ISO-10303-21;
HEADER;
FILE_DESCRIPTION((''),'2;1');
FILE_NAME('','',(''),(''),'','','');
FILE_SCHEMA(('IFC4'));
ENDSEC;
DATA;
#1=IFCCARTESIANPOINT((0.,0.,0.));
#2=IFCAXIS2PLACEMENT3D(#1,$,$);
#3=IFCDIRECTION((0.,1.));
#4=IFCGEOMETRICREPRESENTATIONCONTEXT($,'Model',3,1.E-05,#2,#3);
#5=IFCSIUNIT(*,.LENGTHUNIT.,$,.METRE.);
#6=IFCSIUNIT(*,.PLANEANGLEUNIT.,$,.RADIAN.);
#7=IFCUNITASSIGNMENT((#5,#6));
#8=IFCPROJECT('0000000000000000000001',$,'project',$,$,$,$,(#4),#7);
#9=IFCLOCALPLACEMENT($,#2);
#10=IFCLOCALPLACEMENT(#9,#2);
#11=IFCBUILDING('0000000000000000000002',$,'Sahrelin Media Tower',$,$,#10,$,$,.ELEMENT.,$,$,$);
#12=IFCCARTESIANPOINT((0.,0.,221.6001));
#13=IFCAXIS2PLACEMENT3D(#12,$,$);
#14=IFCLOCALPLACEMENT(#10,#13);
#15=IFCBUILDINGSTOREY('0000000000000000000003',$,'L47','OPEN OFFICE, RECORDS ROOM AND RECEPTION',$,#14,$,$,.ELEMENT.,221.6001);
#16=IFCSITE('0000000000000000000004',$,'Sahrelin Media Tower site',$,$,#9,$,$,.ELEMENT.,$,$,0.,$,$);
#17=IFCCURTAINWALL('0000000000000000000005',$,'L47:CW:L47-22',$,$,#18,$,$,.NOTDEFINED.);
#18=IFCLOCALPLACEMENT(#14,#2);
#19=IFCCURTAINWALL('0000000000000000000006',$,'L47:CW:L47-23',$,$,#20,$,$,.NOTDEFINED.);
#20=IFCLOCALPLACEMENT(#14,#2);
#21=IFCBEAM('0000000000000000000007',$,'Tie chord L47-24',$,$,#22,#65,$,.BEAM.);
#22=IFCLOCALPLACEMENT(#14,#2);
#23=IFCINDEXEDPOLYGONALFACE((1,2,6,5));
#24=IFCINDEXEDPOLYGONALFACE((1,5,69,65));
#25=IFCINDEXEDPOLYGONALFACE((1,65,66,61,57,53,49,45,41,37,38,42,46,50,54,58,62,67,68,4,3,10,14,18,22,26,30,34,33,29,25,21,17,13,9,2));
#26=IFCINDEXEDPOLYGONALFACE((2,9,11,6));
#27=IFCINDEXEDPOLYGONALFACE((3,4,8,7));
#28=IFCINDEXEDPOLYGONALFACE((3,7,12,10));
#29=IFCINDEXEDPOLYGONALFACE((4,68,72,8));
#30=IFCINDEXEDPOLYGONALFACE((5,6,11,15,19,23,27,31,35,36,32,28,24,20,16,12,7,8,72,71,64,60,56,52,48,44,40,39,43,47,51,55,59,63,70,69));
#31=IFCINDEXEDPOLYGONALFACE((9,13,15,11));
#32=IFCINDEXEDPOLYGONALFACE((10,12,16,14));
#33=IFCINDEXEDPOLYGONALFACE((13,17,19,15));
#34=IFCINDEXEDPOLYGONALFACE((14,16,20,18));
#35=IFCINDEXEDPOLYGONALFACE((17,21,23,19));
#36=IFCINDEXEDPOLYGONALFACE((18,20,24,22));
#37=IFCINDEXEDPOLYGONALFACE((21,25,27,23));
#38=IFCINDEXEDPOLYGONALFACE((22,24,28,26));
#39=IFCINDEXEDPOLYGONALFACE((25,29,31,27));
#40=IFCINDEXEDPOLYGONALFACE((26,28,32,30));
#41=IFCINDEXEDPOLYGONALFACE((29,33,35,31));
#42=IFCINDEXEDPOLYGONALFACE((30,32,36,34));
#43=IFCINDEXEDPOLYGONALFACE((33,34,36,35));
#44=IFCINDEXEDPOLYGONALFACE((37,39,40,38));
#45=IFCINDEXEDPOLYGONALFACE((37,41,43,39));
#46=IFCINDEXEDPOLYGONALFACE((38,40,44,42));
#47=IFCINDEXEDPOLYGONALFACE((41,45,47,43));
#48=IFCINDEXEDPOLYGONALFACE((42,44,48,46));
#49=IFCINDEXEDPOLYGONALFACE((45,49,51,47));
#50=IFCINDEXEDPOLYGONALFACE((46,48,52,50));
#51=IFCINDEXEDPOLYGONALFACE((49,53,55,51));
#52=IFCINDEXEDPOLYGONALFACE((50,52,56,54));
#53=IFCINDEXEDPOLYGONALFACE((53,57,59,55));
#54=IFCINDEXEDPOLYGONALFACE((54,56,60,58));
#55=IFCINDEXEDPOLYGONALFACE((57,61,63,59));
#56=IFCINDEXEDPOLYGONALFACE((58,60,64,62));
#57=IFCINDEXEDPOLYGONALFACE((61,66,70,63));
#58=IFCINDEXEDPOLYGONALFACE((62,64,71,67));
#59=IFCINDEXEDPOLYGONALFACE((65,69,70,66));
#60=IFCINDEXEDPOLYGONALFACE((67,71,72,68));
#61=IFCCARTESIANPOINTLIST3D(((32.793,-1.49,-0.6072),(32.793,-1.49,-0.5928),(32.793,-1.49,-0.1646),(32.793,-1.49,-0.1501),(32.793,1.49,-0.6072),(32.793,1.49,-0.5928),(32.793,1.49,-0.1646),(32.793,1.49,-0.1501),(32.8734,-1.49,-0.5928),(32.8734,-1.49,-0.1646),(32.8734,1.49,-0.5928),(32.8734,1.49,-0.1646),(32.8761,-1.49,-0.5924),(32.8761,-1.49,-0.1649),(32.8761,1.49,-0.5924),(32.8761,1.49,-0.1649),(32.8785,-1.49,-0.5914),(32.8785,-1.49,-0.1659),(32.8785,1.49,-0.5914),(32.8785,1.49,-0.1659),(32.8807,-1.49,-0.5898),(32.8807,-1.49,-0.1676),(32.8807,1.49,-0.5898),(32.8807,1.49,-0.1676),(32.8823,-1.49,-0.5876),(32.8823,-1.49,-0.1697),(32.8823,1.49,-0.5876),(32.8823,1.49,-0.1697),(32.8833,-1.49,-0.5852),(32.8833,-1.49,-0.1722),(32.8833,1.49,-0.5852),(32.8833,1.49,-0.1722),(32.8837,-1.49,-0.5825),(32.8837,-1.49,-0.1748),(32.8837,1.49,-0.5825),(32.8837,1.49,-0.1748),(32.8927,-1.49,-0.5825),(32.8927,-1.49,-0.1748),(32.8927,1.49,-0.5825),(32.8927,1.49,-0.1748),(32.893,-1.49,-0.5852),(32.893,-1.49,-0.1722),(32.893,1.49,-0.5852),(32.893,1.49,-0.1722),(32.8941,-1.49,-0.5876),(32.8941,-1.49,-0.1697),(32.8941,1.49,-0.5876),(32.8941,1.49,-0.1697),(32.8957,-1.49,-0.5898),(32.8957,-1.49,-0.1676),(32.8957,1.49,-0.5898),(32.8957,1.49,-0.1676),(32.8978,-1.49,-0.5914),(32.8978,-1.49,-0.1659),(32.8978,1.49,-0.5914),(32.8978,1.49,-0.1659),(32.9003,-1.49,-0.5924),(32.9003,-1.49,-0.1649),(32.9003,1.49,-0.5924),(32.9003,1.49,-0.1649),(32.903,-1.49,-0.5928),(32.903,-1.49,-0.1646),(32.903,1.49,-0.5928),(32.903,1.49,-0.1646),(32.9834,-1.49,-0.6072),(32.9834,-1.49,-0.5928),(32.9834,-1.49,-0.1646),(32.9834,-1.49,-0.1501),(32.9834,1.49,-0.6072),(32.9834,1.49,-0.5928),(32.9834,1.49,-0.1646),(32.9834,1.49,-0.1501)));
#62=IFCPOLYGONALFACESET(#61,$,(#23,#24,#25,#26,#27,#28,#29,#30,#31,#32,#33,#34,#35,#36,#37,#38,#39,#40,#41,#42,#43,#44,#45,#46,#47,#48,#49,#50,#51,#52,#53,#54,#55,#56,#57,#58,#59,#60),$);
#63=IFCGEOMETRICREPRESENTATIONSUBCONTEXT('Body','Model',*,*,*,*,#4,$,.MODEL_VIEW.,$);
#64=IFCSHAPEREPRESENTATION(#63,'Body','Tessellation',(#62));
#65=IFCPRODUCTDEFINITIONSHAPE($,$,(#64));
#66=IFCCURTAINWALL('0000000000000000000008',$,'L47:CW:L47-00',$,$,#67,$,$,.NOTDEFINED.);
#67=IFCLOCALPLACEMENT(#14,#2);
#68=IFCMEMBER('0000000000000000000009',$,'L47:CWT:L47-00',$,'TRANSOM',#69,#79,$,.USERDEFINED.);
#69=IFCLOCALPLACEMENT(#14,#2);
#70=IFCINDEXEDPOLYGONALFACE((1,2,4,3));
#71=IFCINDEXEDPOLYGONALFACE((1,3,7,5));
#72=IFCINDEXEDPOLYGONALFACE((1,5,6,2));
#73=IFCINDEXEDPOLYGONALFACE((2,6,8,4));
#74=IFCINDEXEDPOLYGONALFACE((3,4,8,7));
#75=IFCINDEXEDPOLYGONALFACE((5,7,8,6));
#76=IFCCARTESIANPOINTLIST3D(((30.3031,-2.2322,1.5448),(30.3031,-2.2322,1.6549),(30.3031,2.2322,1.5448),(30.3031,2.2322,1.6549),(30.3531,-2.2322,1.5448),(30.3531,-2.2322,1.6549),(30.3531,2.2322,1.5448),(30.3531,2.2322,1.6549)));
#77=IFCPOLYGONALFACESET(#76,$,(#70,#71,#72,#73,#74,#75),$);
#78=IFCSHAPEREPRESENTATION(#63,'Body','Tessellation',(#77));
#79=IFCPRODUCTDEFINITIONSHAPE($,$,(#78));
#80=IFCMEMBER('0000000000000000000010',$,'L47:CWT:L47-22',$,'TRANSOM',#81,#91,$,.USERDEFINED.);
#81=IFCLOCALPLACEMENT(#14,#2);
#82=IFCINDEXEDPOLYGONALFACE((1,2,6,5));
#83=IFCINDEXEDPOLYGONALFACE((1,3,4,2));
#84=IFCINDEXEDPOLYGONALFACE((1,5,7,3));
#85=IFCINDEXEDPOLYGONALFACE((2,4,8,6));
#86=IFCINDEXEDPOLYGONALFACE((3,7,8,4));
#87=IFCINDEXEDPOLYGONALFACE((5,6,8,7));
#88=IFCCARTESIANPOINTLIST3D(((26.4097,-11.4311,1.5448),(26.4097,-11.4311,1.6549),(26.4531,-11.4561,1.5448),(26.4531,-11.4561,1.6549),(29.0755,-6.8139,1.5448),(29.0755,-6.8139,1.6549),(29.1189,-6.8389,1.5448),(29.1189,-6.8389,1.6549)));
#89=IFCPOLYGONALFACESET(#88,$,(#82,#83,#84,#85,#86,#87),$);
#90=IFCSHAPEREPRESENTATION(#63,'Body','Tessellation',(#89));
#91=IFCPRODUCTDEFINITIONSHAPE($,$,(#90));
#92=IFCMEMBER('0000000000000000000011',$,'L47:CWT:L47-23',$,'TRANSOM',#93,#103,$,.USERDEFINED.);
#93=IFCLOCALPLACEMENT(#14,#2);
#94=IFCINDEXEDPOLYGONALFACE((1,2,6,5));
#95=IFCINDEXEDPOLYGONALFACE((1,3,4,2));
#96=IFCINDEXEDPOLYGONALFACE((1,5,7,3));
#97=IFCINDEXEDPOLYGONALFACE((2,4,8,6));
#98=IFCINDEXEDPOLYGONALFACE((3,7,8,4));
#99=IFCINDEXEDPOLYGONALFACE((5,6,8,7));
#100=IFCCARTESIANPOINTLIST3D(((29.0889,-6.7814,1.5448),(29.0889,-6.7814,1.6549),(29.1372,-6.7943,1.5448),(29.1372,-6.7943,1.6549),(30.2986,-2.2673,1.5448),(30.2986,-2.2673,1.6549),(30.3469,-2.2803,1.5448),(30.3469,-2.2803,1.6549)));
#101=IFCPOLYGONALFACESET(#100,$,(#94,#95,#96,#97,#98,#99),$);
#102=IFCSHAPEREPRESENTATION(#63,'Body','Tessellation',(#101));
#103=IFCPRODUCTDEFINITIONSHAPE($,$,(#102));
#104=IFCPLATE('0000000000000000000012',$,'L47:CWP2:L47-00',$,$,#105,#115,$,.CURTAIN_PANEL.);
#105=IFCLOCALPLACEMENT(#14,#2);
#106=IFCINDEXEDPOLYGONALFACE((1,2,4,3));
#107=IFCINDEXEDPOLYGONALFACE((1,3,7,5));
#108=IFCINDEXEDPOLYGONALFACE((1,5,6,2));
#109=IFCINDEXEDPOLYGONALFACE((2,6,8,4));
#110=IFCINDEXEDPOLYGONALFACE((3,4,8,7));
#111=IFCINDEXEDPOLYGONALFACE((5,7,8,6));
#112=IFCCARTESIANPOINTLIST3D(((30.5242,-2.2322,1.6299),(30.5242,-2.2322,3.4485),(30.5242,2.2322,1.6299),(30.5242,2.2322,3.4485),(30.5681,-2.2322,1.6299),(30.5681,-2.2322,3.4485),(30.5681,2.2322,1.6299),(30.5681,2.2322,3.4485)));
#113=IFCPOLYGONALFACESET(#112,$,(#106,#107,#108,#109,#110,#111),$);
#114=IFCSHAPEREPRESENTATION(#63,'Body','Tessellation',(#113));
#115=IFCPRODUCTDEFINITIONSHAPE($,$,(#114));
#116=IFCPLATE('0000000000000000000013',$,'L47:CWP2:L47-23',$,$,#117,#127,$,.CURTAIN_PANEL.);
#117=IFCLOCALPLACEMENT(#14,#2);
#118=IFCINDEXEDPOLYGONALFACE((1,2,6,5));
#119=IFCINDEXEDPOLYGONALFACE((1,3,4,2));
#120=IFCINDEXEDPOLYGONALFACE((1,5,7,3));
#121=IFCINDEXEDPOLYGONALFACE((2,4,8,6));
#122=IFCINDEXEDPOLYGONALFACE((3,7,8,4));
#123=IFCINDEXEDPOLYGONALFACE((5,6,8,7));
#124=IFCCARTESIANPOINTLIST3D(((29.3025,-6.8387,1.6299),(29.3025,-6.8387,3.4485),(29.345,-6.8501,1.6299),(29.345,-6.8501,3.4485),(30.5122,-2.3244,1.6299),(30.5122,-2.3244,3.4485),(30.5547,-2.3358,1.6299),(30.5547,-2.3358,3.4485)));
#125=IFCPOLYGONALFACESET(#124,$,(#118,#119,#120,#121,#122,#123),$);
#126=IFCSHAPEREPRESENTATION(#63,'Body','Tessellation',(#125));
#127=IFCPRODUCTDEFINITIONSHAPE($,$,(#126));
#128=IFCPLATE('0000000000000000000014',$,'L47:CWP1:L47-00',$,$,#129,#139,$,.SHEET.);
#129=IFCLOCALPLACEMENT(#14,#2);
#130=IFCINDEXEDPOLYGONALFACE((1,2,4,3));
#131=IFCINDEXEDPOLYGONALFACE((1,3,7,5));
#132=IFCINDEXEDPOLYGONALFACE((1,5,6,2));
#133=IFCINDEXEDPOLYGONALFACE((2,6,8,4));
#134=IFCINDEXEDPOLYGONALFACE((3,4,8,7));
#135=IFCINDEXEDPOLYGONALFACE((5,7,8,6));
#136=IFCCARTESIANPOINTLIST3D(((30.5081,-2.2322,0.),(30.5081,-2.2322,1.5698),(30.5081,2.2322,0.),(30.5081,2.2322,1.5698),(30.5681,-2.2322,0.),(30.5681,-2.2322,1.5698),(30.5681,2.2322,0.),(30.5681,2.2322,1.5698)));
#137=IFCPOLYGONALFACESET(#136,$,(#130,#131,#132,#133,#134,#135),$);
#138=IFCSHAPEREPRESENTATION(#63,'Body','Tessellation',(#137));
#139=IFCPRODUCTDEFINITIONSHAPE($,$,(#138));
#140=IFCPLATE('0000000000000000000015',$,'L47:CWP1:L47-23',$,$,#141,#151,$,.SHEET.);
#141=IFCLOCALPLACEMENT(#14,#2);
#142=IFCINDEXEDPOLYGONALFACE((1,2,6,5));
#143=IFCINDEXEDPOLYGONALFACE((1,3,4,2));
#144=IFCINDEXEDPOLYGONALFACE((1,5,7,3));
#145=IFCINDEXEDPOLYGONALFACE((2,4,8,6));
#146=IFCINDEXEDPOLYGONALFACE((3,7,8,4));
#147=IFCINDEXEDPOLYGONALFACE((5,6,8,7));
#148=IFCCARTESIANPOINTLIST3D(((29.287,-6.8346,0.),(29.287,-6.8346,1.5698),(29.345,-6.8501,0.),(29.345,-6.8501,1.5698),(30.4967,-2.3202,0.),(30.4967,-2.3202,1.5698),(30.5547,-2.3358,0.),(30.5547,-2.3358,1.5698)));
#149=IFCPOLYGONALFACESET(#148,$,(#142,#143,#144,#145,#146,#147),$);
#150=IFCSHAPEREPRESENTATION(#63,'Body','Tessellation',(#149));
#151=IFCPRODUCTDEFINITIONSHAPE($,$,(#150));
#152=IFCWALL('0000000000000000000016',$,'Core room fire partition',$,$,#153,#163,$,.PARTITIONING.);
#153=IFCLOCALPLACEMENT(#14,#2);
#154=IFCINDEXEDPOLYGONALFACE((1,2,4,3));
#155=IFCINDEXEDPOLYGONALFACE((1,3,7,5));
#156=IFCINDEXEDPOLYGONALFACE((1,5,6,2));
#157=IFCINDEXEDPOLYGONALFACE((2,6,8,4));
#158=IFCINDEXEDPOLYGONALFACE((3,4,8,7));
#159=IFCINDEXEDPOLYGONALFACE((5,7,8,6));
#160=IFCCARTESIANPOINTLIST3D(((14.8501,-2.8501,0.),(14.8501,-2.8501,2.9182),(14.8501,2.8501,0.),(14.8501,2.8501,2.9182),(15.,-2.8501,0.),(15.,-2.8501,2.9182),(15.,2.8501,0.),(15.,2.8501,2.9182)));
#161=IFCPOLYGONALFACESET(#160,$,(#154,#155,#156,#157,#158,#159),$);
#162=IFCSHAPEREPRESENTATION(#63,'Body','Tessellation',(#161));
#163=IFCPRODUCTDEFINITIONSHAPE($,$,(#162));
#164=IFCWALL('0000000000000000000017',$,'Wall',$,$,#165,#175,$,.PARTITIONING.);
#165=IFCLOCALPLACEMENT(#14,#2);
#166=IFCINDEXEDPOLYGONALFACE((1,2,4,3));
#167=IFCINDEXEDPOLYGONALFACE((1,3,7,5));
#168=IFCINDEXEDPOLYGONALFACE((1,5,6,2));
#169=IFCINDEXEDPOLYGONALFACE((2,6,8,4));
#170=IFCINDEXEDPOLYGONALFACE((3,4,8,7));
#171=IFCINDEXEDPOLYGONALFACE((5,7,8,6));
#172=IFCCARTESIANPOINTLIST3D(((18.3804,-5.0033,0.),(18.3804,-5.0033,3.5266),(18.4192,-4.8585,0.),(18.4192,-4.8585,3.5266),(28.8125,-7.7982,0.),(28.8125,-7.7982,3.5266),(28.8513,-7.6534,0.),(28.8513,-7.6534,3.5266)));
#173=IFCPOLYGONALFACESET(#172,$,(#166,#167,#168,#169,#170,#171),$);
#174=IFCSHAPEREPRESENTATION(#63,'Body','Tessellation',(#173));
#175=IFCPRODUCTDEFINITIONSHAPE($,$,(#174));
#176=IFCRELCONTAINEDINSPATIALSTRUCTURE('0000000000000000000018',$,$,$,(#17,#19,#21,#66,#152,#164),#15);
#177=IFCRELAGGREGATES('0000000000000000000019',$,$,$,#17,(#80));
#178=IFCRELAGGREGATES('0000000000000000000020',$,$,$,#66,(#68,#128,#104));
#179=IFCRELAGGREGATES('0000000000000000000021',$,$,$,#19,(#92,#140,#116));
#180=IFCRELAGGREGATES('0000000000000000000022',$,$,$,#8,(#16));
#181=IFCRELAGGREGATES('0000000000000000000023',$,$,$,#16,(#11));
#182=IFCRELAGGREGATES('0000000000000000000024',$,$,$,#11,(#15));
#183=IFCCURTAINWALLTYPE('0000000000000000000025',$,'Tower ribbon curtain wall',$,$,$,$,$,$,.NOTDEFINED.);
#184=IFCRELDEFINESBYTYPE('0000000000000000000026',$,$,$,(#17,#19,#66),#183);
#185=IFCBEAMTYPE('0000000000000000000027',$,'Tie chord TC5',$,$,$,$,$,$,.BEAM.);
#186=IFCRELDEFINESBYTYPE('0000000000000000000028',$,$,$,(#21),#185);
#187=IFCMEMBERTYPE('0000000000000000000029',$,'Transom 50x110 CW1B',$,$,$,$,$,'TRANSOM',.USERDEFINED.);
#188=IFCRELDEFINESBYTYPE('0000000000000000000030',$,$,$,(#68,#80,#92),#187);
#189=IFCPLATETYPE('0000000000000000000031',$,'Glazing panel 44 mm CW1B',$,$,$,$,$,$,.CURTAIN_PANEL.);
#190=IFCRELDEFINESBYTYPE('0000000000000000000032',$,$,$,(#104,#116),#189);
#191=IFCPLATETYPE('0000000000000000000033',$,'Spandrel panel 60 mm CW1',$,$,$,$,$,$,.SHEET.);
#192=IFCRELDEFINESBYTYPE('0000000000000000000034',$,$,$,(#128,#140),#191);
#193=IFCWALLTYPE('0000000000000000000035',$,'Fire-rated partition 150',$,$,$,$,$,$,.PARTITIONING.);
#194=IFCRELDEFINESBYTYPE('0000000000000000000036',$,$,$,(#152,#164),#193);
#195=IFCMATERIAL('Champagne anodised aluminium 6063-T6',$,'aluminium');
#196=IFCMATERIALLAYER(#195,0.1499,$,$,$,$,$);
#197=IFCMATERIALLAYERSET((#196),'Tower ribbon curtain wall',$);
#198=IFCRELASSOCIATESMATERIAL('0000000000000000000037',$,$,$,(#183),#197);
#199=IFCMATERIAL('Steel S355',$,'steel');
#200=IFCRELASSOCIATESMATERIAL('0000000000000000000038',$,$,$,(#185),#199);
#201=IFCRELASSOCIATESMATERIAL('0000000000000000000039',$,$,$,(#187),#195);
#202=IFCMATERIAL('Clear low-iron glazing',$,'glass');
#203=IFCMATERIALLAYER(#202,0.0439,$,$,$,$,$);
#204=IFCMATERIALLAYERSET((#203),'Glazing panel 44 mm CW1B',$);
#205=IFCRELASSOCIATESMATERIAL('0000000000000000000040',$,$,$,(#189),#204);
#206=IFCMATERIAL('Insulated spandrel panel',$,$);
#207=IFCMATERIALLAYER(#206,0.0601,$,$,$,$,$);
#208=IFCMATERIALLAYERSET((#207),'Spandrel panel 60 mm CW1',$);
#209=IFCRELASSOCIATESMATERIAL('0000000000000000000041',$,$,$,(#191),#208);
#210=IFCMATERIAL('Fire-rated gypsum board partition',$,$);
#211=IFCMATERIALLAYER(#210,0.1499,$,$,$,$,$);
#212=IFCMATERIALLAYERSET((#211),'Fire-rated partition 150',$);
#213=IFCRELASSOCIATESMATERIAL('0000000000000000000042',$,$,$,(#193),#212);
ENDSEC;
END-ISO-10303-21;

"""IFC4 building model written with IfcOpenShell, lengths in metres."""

from ifc_helpers import new_model, si_unit, direction, frame, frame_2d, origin, origin_2d, place, context, subcontext, project, spatial, polyline, rectangle, i_section, outline, extrude, material, layer, layer_set, material_profile, profile_set, type_object, element, aggregate, save


model = new_model("IFC4")

# Units and contexts
model_context = context("Model", 3, precision=1e-05, world=origin(), true_north=direction((0.0, 1.0)))
body_context = subcontext(model_context, "Body", "Model", "MODEL_VIEW")
ifc_project = project(units=[si_unit("LENGTHUNIT", "METRE"), si_unit("PLANEANGLEUNIT", "RADIAN")], contexts=[model_context])

# Site, building, storey
site_placement = place(None, origin())
site = spatial("IfcSite", under=ifc_project, at=site_placement, Name="Sahrelin Media Tower site", CompositionType="ELEMENT", RefElevation=0.0)
building_placement = place(site_placement, origin())
building = spatial("IfcBuilding", under=site, at=building_placement, Name="Sahrelin Media Tower", CompositionType="ELEMENT")
storey_placement = place(building_placement, frame((0.0, 0.0, 221.6001)))
storey = spatial("IfcBuildingStorey", under=building, at=storey_placement, Name="L47", Description="OPEN OFFICE, RECORDS ROOM AND RECEPTION", CompositionType="ELEMENT", Elevation=221.6001)

# Shared definitions
ifc_material_1 = material(Name="Steel S355", Category="steel")

# Curtain walls
ifc_material_2 = material(Name="Champagne anodised aluminium 6063-T6", Category="aluminium")
ifc_layer_1 = layer(ifc_material_2, 0.1499)
ifc_layer_set_1 = layer_set([ifc_layer_1], Name="Tower ribbon curtain wall")
curtain_wall_type = type_object("IfcCurtainWallType", Name="Tower ribbon curtain wall", PredefinedType="NOTDEFINED", material=ifc_layer_set_1)
curtain_wall_1_placement = place(storey_placement, frame((27.9548, -9.2451, 0.0), z_axis=(0.0, 0.0, 1.0), x_axis=(1.0, 0.0, 0.0)))
curtain_wall_1 = element("IfcCurtainWall", 1, at=curtain_wall_1_placement, inside=storey, type_object=curtain_wall_type, Name="L47:CW:L47-22", PredefinedType="NOTDEFINED")
curtain_wall_2_placement = place(storey_placement, frame((29.9304, -4.5876, 0.0), z_axis=(0.0, 0.0, 1.0), x_axis=(1.0, 0.0, 0.0)))
curtain_wall_2 = element("IfcCurtainWall", 2, at=curtain_wall_2_placement, inside=storey, type_object=curtain_wall_type, Name="L47:CW:L47-23", PredefinedType="NOTDEFINED")

# Beam
ifc_material_profile_1 = material_profile(ifc_material_1, i_section(OverallWidth=0.1904, OverallDepth=0.457, WebThickness=0.009, FlangeThickness=0.0144, FilletRadius=0.0103, at=origin_2d()), Name="UB 457x191x74")
ifc_profile_set_1 = profile_set([ifc_material_profile_1], Name="Steel S355")
beam_type_1 = type_object("IfcBeamType", Name="Tie chord TC5", PredefinedType="BEAM", material=ifc_profile_set_1)
beam_1_placement = place(storey_placement, frame((32.8882, -1.49, -0.3787), z_axis=(0.0, 1.0, 0.0), x_axis=(-1.0, 0.0, 0.0)))
element("IfcBeam", 3, at=beam_1_placement, inside=storey, type_object=beam_type_1, Name="Tie chord L47-24", PredefinedType="BEAM", context=body_context, shape_type="SweptSolid", body=[
    extrude(i_section(OverallWidth=0.1904, OverallDepth=0.457, WebThickness=0.009, FlangeThickness=0.0144, FilletRadius=0.0103, at=origin_2d()), origin(), (0.0, 0.0, 1.0), 2.98),
])

# Curtain wall, member
curtain_wall_3_placement = place(storey_placement, frame((30.5481, 0.0, 0.0), z_axis=(0.0, 0.0, 1.0), x_axis=(1.0, 0.0, 0.0)))
curtain_wall_3 = element("IfcCurtainWall", 4, at=curtain_wall_3_placement, inside=storey, type_object=curtain_wall_type, Name="L47:CW:L47-00", PredefinedType="NOTDEFINED")
ifc_material_profile_2 = material_profile(ifc_material_2, rectangle(XDim=0.05, YDim=0.1101, at=origin_2d()), Name="Transom 50x110")
ifc_profile_set_2 = profile_set([ifc_material_profile_2], Name="Champagne anodised aluminium 6063-T6")
member_type_1 = type_object("IfcMemberType", Name="Transom 50x110 CW1B", ElementType="TRANSOM", PredefinedType="USERDEFINED", material=ifc_profile_set_2)
member_1_placement = place(storey_placement, frame((30.3281, -2.2322, 1.5999), z_axis=(0.0, 1.0, 0.0), x_axis=(-1.0, 0.0, 0.0)))
member_1 = element("IfcMember", 5, at=member_1_placement, type_object=member_type_1, Name="L47:CWT:L47-00", ObjectType="TRANSOM", PredefinedType="USERDEFINED", context=body_context, shape_type="SweptSolid", body=[
    extrude(rectangle(XDim=0.05, YDim=0.1101, at=origin_2d()), origin(), (0.0, 0.0, 1.0), 4.4644),
])

# Members
member_2_placement = place(storey_placement, frame((26.4314, -11.4436, 1.5999), z_axis=(0.500005, 0.866022, 0.0), x_axis=(-0.866022, 0.500005, 0.0)))
member_2 = element("IfcMember", 6, at=member_2_placement, type_object=member_type_1, Name="L47:CWT:L47-22", ObjectType="TRANSOM", PredefinedType="USERDEFINED", context=body_context, shape_type="SweptSolid", body=[
    extrude(rectangle(XDim=0.05, YDim=0.1101, at=origin_2d()), origin(), (0.0, 0.0, 1.0), 5.3315),
])
aggregate(curtain_wall_1, [member_2])
member_3_placement = place(storey_placement, frame((29.113, -6.7878, 1.5999), z_axis=(0.258849, 0.965918, 0.0), x_axis=(-0.965918, 0.258849, 0.0)))
member_3 = element("IfcMember", 7, at=member_3_placement, type_object=member_type_1, Name="L47:CWT:L47-23", ObjectType="TRANSOM", PredefinedType="USERDEFINED", context=body_context, shape_type="SweptSolid", body=[
    extrude(rectangle(XDim=0.05, YDim=0.1101, at=origin_2d()), origin(), (0.0, 0.0, 1.0), 4.6733),
])

# Plates
ifc_material_3 = material(Name="Clear low-iron glazing", Category="glass")
ifc_layer_2 = layer(ifc_material_3, 0.0439)
ifc_layer_set_2 = layer_set([ifc_layer_2], Name="Glazing panel 44 mm CW1B")
plate_type_1 = type_object("IfcPlateType", Name="Glazing panel 44 mm CW1B", PredefinedType="CURTAIN_PANEL", material=ifc_layer_set_2)
plate_1_placement = place(storey_placement, frame((30.5681, -2.2322, 1.6299), z_axis=(1.0, 0.0, 0.0), x_axis=(0.0, 1.0, 0.0)))
plate_1 = element("IfcPlate", 8, at=plate_1_placement, type_object=plate_type_1, Name="L47:CWP2:L47-00", PredefinedType="CURTAIN_PANEL", context=body_context, shape_type="SweptSolid", body=[
    extrude(outline(polyline([(0.0, 0.0), (4.4644, 0.0), (4.4644, 1.8186), (0.0, 1.8186), (0.0, 0.0)])), origin(), (0.0, 0.0, -1.0), 0.0439),
])
plate_2_placement = place(storey_placement, frame((29.345, -6.8501, 1.6299), z_axis=(0.965921, -0.258836, 0.0), x_axis=(0.258836, 0.965921, 0.0)))
plate_2 = element("IfcPlate", 9, at=plate_2_placement, type_object=plate_type_1, Name="L47:CWP2:L47-23", PredefinedType="CURTAIN_PANEL", context=body_context, shape_type="SweptSolid", body=[
    extrude(outline(polyline([(0.0, 0.0), (4.6736, 0.0), (4.6736, 1.8186), (0.0, 1.8186), (0.0, 0.0)])), origin(), (0.0, 0.0, -1.0), 0.0439),
])
ifc_material_4 = material(Name="Insulated spandrel panel")
ifc_layer_3 = layer(ifc_material_4, 0.0601)
ifc_layer_set_3 = layer_set([ifc_layer_3], Name="Spandrel panel 60 mm CW1")
plate_type_2 = type_object("IfcPlateType", Name="Spandrel panel 60 mm CW1", PredefinedType="SHEET", material=ifc_layer_set_3)
plate_3_placement = place(storey_placement, frame((30.5681, -2.2322, 0.0), z_axis=(1.0, 0.0, 0.0), x_axis=(0.0, 1.0, 0.0)))
plate_3 = element("IfcPlate", 10, at=plate_3_placement, type_object=plate_type_2, Name="L47:CWP1:L47-00", PredefinedType="SHEET", context=body_context, shape_type="SweptSolid", body=[
    extrude(outline(polyline([(0.0, 0.0), (4.4644, 0.0), (4.4644, 1.5698), (0.0, 1.5698), (0.0, 0.0)])), origin(), (0.0, 0.0, -1.0), 0.0601),
])
aggregate(curtain_wall_3, [member_1, plate_3, plate_1])
plate_4_placement = place(storey_placement, frame((29.345, -6.8501, 0.0), z_axis=(0.965921, -0.258836, 0.0), x_axis=(0.258836, 0.965921, 0.0)))
plate_4 = element("IfcPlate", 11, at=plate_4_placement, type_object=plate_type_2, Name="L47:CWP1:L47-23", PredefinedType="SHEET", context=body_context, shape_type="SweptSolid", body=[
    extrude(outline(polyline([(0.0, 0.0), (4.6736, 0.0), (4.6736, 1.5698), (0.0, 1.5698), (0.0, 0.0)])), origin(), (0.0, 0.0, -1.0), 0.0601),
])
aggregate(curtain_wall_2, [member_3, plate_4, plate_2])

# Walls
ifc_material_5 = material(Name="Fire-rated gypsum board partition")
ifc_layer_4 = layer(ifc_material_5, 0.1499)
ifc_layer_set_4 = layer_set([ifc_layer_4], Name="Fire-rated partition 150")
wall_type_1 = type_object("IfcWallType", Name="Fire-rated partition 150", PredefinedType="PARTITIONING", material=ifc_layer_set_4)
wall_1_placement = place(storey_placement, frame((14.925, -2.8501, 0.0), z_axis=(0.0, 0.0, 1.0), x_axis=(0.0, 1.0, 0.0)))
element("IfcWall", 12, at=wall_1_placement, inside=storey, type_object=wall_type_1, Name="Core room fire partition", PredefinedType="PARTITIONING", context=body_context, shape_type="SweptSolid", body=[
    extrude(rectangle(XDim=5.7002, YDim=0.1499, at=frame_2d((2.8501, 0.0))), origin(), (0.0, 0.0, 1.0), 2.9182),
])
wall_2_placement = place(storey_placement, frame((18.3999, -4.9309, 0.0), z_axis=(0.0, 0.0, 1.0), x_axis=(0.965934, -0.258788, 0.0)))
element("IfcWall", 13, at=wall_2_placement, inside=storey, type_object=wall_type_1, Name="Wall", PredefinedType="PARTITIONING", context=body_context, shape_type="SweptSolid", body=[
    extrude(rectangle(XDim=10.8, YDim=0.1499, at=frame_2d((5.3999, 0.0))), origin(), (0.0, 0.0, 1.0), 3.5266),
])

save(model, "model.ifc")
